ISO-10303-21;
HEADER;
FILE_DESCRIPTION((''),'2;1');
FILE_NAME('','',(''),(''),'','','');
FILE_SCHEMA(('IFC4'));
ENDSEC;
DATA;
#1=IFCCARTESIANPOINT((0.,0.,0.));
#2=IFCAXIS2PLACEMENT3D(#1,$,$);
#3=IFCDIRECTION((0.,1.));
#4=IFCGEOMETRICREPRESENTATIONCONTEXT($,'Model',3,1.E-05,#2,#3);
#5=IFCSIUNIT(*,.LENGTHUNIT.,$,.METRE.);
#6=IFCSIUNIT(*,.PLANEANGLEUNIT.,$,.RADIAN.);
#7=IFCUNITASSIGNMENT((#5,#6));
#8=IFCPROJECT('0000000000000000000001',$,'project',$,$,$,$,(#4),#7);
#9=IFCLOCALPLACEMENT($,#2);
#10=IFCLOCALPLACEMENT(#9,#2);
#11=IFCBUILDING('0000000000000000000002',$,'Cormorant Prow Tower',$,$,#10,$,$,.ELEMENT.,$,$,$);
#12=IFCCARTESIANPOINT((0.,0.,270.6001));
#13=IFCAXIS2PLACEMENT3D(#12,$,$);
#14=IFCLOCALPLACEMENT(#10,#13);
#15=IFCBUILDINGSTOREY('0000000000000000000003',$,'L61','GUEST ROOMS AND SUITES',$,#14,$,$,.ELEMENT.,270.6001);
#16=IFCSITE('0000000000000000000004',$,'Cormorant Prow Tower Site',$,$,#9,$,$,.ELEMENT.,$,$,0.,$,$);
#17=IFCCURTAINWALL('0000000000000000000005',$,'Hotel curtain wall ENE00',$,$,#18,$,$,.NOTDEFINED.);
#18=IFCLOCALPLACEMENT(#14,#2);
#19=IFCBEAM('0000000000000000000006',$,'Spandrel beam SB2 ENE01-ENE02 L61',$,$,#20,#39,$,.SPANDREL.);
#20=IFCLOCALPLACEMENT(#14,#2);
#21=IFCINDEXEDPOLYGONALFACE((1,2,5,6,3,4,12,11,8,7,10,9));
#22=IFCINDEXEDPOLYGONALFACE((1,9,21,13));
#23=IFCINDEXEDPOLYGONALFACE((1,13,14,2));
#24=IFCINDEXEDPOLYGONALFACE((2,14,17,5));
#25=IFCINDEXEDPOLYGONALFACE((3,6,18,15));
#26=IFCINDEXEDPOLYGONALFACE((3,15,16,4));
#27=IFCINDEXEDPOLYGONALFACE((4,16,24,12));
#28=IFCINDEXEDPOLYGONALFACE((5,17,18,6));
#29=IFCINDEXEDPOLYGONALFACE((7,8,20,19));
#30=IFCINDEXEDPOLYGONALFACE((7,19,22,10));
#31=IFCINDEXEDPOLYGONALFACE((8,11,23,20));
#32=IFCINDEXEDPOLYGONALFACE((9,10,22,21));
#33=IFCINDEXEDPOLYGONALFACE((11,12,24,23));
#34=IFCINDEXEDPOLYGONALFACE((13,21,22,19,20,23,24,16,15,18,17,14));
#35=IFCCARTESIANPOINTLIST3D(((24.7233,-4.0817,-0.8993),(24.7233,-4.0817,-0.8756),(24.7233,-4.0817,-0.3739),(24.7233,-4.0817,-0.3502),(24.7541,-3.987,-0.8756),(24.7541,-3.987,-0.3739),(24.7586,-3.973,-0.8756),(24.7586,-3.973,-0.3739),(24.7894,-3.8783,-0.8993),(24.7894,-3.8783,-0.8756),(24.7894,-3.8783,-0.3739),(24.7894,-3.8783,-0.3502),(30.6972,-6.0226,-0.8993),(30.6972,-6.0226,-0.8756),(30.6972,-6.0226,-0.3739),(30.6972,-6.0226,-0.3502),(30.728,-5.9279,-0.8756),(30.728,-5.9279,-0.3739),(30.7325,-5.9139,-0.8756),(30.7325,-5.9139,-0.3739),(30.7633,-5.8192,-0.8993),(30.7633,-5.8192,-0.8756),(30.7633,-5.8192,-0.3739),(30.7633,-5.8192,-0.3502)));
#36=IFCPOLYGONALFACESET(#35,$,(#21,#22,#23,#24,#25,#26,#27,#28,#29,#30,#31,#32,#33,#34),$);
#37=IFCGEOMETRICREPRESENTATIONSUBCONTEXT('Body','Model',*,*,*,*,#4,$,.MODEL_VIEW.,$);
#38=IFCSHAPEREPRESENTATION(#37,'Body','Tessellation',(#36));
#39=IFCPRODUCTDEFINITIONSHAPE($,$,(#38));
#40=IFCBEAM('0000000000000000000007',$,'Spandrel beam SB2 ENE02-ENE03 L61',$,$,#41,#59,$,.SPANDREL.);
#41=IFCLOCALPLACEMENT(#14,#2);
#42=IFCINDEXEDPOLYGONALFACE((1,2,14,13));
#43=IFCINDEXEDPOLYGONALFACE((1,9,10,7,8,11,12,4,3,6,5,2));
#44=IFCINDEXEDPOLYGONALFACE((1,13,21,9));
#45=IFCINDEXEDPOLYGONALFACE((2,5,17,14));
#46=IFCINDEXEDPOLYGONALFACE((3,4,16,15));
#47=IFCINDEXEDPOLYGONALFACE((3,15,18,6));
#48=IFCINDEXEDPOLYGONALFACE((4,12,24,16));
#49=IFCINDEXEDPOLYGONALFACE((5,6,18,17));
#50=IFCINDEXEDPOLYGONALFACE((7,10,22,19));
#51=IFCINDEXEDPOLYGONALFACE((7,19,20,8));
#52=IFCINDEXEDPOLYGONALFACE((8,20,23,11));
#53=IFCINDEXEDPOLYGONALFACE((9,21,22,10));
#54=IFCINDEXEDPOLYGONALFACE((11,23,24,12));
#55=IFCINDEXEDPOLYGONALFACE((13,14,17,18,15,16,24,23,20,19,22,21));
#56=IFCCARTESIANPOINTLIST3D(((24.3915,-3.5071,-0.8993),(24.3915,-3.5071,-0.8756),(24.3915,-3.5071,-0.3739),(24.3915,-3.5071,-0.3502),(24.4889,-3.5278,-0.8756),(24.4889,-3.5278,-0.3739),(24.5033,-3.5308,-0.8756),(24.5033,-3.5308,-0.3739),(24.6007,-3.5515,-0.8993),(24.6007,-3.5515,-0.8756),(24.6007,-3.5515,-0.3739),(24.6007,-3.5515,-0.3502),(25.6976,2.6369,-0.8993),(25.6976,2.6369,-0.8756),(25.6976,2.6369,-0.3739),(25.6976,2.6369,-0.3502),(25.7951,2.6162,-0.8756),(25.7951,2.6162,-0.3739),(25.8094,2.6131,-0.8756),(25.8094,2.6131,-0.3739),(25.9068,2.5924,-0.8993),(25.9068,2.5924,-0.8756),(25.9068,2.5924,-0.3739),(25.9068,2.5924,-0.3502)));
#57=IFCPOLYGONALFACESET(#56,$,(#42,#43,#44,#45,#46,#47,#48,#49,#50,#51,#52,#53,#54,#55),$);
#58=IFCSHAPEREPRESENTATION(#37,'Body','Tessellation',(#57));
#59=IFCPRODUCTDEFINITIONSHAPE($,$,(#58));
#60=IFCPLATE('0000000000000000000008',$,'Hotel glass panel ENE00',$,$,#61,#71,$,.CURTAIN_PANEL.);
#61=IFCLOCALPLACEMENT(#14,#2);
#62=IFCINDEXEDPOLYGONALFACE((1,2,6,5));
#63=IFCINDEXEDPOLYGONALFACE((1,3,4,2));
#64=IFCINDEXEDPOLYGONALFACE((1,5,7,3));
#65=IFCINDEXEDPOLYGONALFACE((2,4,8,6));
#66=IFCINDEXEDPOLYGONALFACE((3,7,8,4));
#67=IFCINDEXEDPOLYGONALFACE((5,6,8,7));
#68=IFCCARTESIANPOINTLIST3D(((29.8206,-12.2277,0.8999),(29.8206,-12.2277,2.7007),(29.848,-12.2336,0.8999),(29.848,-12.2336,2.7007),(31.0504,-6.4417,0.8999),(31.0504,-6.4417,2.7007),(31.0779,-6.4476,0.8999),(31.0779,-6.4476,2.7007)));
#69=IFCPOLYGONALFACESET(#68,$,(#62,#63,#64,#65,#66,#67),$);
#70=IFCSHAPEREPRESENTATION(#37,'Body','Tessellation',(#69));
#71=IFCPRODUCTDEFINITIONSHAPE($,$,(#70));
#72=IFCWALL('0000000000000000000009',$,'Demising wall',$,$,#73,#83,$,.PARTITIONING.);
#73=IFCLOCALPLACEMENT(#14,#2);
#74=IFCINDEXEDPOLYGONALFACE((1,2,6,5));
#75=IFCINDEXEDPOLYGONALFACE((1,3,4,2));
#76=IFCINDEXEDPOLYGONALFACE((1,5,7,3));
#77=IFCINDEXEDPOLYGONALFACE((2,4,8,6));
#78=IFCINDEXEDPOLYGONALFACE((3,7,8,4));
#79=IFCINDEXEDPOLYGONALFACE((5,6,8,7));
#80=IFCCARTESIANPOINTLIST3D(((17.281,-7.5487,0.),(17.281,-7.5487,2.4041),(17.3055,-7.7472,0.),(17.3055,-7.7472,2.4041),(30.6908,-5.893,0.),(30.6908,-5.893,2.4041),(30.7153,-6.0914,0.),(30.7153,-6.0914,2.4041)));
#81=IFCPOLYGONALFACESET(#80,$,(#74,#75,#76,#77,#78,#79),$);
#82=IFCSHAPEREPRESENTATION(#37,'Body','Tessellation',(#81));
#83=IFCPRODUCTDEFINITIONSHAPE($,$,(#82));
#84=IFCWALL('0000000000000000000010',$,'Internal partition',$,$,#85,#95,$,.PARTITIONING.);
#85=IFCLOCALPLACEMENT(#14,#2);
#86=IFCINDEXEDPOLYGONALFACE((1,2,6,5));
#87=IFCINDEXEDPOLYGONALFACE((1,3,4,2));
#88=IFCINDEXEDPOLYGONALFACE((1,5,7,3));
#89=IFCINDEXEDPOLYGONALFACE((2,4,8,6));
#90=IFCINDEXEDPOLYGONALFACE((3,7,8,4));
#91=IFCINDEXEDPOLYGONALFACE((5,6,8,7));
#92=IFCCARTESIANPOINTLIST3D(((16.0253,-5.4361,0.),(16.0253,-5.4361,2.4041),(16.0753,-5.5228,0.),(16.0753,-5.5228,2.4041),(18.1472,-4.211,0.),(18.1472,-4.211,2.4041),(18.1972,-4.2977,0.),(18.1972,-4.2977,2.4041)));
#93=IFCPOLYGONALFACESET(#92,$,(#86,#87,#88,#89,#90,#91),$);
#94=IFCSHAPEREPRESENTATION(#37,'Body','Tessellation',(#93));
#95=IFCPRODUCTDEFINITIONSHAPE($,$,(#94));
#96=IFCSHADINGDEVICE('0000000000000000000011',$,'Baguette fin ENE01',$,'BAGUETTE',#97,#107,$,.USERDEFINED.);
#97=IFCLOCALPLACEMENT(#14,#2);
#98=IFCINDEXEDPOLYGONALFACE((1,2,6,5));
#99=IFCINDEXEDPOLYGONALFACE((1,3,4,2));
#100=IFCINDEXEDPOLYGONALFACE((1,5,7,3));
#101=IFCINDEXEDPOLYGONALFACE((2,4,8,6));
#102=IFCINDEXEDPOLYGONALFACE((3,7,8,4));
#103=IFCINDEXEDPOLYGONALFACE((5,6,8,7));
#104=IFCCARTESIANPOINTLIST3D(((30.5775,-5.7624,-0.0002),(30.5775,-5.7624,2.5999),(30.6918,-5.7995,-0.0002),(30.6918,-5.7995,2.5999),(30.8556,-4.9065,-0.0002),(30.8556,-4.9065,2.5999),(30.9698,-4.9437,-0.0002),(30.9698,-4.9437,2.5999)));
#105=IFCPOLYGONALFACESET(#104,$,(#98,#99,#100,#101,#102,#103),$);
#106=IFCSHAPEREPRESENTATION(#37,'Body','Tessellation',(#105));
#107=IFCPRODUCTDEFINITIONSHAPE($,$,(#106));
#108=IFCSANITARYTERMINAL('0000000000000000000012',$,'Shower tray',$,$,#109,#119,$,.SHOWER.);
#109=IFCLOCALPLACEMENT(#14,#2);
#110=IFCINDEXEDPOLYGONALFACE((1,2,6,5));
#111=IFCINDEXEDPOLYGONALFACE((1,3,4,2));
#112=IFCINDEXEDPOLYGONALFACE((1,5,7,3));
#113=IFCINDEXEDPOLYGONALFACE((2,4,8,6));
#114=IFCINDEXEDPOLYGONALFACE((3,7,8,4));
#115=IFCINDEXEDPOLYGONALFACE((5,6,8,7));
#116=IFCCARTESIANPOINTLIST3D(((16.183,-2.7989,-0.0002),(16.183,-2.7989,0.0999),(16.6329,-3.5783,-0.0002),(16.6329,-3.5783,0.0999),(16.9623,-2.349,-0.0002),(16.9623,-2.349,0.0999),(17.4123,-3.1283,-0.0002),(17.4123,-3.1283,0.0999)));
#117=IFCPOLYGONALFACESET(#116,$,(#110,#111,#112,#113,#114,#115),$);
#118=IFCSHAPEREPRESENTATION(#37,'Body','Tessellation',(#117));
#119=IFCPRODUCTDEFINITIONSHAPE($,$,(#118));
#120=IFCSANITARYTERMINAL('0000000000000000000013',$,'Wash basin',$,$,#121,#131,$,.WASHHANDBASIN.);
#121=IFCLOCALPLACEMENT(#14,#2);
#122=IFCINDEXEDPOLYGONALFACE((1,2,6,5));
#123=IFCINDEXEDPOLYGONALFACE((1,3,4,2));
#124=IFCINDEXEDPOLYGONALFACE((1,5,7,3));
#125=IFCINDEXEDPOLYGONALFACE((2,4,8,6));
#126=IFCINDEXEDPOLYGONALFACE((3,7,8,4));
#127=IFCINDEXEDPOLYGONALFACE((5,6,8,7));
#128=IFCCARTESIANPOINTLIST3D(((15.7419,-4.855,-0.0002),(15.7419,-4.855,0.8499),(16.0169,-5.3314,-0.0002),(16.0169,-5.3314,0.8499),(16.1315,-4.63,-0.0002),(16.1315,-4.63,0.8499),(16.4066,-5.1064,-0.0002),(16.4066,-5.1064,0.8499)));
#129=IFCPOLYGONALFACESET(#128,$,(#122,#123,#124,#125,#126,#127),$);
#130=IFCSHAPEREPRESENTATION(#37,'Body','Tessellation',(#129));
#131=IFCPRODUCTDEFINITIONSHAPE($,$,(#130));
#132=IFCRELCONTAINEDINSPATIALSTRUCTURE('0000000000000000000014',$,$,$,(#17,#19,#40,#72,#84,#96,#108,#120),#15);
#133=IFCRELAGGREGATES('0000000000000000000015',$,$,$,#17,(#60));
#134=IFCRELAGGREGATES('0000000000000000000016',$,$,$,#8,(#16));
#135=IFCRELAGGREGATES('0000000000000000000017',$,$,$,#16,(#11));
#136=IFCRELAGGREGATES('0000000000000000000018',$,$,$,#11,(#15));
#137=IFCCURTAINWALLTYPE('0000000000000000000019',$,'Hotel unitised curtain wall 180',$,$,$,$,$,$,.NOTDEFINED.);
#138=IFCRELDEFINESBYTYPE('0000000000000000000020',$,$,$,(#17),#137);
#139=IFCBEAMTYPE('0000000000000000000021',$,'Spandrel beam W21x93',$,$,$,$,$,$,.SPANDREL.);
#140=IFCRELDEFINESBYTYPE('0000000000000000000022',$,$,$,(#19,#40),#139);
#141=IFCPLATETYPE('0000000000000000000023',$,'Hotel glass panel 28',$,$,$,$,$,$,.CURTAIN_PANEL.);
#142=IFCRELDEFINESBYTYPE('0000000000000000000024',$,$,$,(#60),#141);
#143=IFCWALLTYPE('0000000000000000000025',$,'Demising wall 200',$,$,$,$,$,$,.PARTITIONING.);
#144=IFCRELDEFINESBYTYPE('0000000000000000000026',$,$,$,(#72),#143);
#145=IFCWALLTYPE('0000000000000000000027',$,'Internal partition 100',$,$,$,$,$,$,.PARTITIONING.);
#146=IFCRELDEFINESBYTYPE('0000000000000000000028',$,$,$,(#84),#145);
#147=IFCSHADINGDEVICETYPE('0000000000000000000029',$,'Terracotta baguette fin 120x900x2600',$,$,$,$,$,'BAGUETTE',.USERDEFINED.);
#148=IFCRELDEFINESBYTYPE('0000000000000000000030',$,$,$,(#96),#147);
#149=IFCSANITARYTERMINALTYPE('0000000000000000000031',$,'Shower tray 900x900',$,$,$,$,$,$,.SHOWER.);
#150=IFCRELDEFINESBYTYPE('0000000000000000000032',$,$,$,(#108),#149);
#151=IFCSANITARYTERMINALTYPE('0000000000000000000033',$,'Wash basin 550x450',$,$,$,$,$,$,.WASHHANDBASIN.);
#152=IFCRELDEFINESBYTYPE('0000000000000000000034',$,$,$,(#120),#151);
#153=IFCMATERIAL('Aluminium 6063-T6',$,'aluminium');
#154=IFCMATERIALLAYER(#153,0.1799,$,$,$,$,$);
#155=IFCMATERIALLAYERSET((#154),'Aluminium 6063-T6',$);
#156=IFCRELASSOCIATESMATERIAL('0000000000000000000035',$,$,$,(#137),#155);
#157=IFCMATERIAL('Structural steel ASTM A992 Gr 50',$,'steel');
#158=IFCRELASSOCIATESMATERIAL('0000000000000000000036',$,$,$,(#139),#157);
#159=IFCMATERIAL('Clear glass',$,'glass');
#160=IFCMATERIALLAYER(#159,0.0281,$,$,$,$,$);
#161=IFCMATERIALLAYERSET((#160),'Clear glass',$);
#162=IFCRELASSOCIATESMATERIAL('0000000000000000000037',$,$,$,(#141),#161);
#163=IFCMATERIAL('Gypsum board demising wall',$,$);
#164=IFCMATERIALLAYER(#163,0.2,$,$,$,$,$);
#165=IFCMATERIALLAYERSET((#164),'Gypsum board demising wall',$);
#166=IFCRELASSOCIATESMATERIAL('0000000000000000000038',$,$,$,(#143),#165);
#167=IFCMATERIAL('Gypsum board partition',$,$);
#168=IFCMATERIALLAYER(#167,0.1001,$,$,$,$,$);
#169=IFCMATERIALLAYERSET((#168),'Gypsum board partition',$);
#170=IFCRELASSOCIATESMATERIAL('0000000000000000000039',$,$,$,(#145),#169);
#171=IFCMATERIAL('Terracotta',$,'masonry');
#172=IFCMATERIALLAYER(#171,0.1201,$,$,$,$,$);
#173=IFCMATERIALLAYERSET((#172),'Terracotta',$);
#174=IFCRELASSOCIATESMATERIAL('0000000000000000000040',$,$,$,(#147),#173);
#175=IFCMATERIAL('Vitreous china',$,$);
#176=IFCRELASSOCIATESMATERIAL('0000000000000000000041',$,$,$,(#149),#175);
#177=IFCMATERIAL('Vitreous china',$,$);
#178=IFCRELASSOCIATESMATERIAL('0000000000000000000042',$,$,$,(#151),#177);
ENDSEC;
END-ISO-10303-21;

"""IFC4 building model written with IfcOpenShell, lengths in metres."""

from ifc_helpers import new_model, si_unit, direction, frame, frame_2d, origin, origin_2d, place, context, subcontext, project, spatial, rectangle, i_section, extrude, material, layer, layer_set, material_profile, profile_set, type_object, element, aggregate, save


model = new_model("IFC4")

# Units and contexts
model_context = context("Model", 3, precision=1e-05, world=origin(), true_north=direction((0.0, 1.0)))
body_context = subcontext(model_context, "Body", "Model", "MODEL_VIEW")
ifc_project = project(units=[si_unit("LENGTHUNIT", "METRE"), si_unit("PLANEANGLEUNIT", "RADIAN")], contexts=[model_context])

# Site, building, storey
site_placement = place(None, origin())
site = spatial("IfcSite", under=ifc_project, at=site_placement, Name="Cormorant Prow Tower Site", CompositionType="ELEMENT", RefElevation=0.0)
building_placement = place(site_placement, origin())
building = spatial("IfcBuilding", under=site, at=building_placement, Name="Cormorant Prow Tower", CompositionType="ELEMENT")
storey_placement = place(building_placement, frame((0.0, 0.0, 270.6001)))
storey = spatial("IfcBuildingStorey", under=building, at=storey_placement, Name="L61", Description="GUEST ROOMS AND SUITES", CompositionType="ELEMENT", Elevation=270.6001)

# Curtain wall
ifc_material_1 = material(Name="Aluminium 6063-T6", Category="aluminium")
ifc_layer_1 = layer(ifc_material_1, 0.1799)
ifc_layer_set_1 = layer_set([ifc_layer_1], Name="Aluminium 6063-T6")
curtain_wall_type = type_object("IfcCurtainWallType", Name="Hotel unitised curtain wall 180", PredefinedType="NOTDEFINED", material=ifc_layer_set_1)
curtain_wall_1_placement = place(storey_placement, origin())
curtain_wall_1 = element("IfcCurtainWall", 1, at=curtain_wall_1_placement, inside=storey, type_object=curtain_wall_type, Name="Hotel curtain wall ENE00", PredefinedType="NOTDEFINED")

# Beams
ifc_material_2 = material(Name="Structural steel ASTM A992 Gr 50", Category="steel")
ifc_material_profile_1 = material_profile(ifc_material_2, i_section(OverallWidth=0.2139, OverallDepth=0.5491, WebThickness=0.0146, FlangeThickness=0.0237, at=origin_2d()), Name="W21x93")
ifc_profile_set_1 = profile_set([ifc_material_profile_1], Name="Structural steel ASTM A992 Gr 50")
beam_type_1 = type_object("IfcBeamType", Name="Spandrel beam W21x93", PredefinedType="SPANDREL", material=ifc_profile_set_1)
for number, where, z_axis, x_axis, name in (
    (2, (30.7302, -5.9209, -0.6248), (-0.951062, 0.309001, 0.0), (-0.309001, -0.951062, 0.0), "Spandrel beam SB2 ENE01-ENE02 L61"),
    (3, (24.4961, -3.5293, -0.6248), (0.207941, 0.978141, 0.0), (-0.978141, 0.207941, 0.0), "Spandrel beam SB2 ENE02-ENE03 L61"),
):
    element("IfcBeam", number, at=place(storey_placement, frame(where, z_axis=z_axis, x_axis=x_axis)), inside=storey, type_object=beam_type_1, Name=name, PredefinedType="SPANDREL", context=body_context, shape_type="SweptSolid", body=[
        extrude(i_section(OverallWidth=0.2139, OverallDepth=0.5491, WebThickness=0.0146, FlangeThickness=0.0237, at=origin_2d()), origin(), (0.0, 0.0, 1.0), 6.2812),
    ])

# Plate
ifc_material_3 = material(Name="Clear glass", Category="glass")
ifc_layer_2 = layer(ifc_material_3, 0.0281)
ifc_layer_set_2 = layer_set([ifc_layer_2], Name="Clear glass")
plate_type = type_object("IfcPlateType", Name="Hotel glass panel 28", PredefinedType="CURTAIN_PANEL", material=ifc_layer_set_2)
plate_placement = place(storey_placement, frame((30.4492, -9.3376, 0.8999), z_axis=(0.0, 0.0, 1.0), x_axis=(0.207912, 0.978148, 0.0)))
plate = element("IfcPlate", 4, at=plate_placement, type_object=plate_type, Name="Hotel glass panel ENE00", PredefinedType="CURTAIN_PANEL", context=body_context, shape_type="SweptSolid", body=[
    extrude(rectangle(XDim=5.9153, YDim=0.0281, at=origin_2d()), origin(), (0.0, 0.0, 1.0), 1.8008),
])
aggregate(curtain_wall_1, [plate])

# Walls
ifc_material_4 = material(Name="Gypsum board demising wall")
ifc_layer_3 = layer(ifc_material_4, 0.2)
ifc_layer_set_3 = layer_set([ifc_layer_3], Name="Gypsum board demising wall")
wall_type_1 = type_object("IfcWallType", Name="Demising wall 200", PredefinedType="PARTITIONING", material=ifc_layer_set_3)
wall_1_placement = place(storey_placement, frame((17.2932, -7.6479, 0.0), z_axis=(0.0, 0.0, 1.0), x_axis=(0.992463, 0.122542, 0.0)))
element("IfcWall", 5, at=wall_1_placement, inside=storey, type_object=wall_type_1, Name="Demising wall", PredefinedType="PARTITIONING", context=body_context, shape_type="SweptSolid", body=[
    extrude(rectangle(XDim=13.5117, YDim=0.2, at=frame_2d((6.7559, 0.0))), origin(), (0.0, 0.0, 1.0), 2.4041),
])
ifc_material_5 = material(Name="Gypsum board partition")
ifc_layer_4 = layer(ifc_material_5, 0.1001)
ifc_layer_set_4 = layer_set([ifc_layer_4], Name="Gypsum board partition")
wall_type_2 = type_object("IfcWallType", Name="Internal partition 100", PredefinedType="PARTITIONING", material=ifc_layer_set_4)
wall_2_placement = place(storey_placement, frame((16.0503, -5.4795, 0.0), z_axis=(0.0, 0.0, 1.0), x_axis=(0.866015, 0.500019, 0.0)))
element("IfcWall", 6, at=wall_2_placement, inside=storey, type_object=wall_type_2, Name="Internal partition", PredefinedType="PARTITIONING", context=body_context, shape_type="SweptSolid", body=[
    extrude(rectangle(XDim=2.4502, YDim=0.1001, at=frame_2d((1.2251, 0.0))), origin(), (0.0, 0.0, 1.0), 2.4041),
])

# Shading device
ifc_material_6 = material(Name="Terracotta", Category="masonry")
ifc_layer_5 = layer(ifc_material_6, 0.1201)
ifc_layer_set_5 = layer_set([ifc_layer_5], Name="Terracotta")
shading_device_type = type_object("IfcShadingDeviceType", Name="Terracotta baguette fin 120x900x2600", ElementType="BAGUETTE", PredefinedType="USERDEFINED", material=ifc_layer_set_5)
shading_device_placement = place(storey_placement, frame((30.7737, -5.353, -0.0002), z_axis=(0.0, 0.0, 1.0), x_axis=(-0.951057, 0.309017, 0.0)))
element("IfcShadingDevice", 7, at=shading_device_placement, inside=storey, type_object=shading_device_type, Name="Baguette fin ENE01", ObjectType="BAGUETTE", PredefinedType="USERDEFINED", context=body_context, shape_type="SweptSolid", body=[
    extrude(rectangle(XDim=0.1201, YDim=0.8999, at=origin_2d()), origin(), (0.0, 0.0, 1.0), 2.6001),
])

# Sanitary terminals
ifc_material_7 = material(Name="Vitreous china")
sanitary_terminal_type_1 = type_object("IfcSanitaryTerminalType", Name="Shower tray 900x900", PredefinedType="SHOWER", material=ifc_material_7)
sanitary_terminal_1_placement = place(storey_placement, frame((16.7976, -2.9636, -0.0002), z_axis=(0.0, 0.0, 1.0), x_axis=(0.5, -0.866025, 0.0)))
element("IfcSanitaryTerminal", 8, at=sanitary_terminal_1_placement, inside=storey, type_object=sanitary_terminal_type_1, Name="Shower tray", PredefinedType="SHOWER", context=body_context, shape_type="SweptSolid", body=[
    extrude(rectangle(XDim=0.8999, YDim=0.8999, at=origin_2d()), origin(), (0.0, 0.0, 1.0), 0.1001),
])
ifc_material_8 = material(Name="Vitreous china")
sanitary_terminal_type_2 = type_object("IfcSanitaryTerminalType", Name="Wash basin 550x450", PredefinedType="WASHHANDBASIN", material=ifc_material_8)
sanitary_terminal_2_placement = place(storey_placement, frame((16.0742, -4.9807, -0.0002), z_axis=(0.0, 0.0, 1.0), x_axis=(-0.5, 0.866025, 0.0)))
element("IfcSanitaryTerminal", 9, at=sanitary_terminal_2_placement, inside=storey, type_object=sanitary_terminal_type_2, Name="Wash basin", PredefinedType="WASHHANDBASIN", context=body_context, shape_type="SweptSolid", body=[
    extrude(rectangle(XDim=0.55, YDim=0.45, at=origin_2d()), origin(), (0.0, 0.0, 1.0), 0.8501),
])

save(model, "model.ifc")
